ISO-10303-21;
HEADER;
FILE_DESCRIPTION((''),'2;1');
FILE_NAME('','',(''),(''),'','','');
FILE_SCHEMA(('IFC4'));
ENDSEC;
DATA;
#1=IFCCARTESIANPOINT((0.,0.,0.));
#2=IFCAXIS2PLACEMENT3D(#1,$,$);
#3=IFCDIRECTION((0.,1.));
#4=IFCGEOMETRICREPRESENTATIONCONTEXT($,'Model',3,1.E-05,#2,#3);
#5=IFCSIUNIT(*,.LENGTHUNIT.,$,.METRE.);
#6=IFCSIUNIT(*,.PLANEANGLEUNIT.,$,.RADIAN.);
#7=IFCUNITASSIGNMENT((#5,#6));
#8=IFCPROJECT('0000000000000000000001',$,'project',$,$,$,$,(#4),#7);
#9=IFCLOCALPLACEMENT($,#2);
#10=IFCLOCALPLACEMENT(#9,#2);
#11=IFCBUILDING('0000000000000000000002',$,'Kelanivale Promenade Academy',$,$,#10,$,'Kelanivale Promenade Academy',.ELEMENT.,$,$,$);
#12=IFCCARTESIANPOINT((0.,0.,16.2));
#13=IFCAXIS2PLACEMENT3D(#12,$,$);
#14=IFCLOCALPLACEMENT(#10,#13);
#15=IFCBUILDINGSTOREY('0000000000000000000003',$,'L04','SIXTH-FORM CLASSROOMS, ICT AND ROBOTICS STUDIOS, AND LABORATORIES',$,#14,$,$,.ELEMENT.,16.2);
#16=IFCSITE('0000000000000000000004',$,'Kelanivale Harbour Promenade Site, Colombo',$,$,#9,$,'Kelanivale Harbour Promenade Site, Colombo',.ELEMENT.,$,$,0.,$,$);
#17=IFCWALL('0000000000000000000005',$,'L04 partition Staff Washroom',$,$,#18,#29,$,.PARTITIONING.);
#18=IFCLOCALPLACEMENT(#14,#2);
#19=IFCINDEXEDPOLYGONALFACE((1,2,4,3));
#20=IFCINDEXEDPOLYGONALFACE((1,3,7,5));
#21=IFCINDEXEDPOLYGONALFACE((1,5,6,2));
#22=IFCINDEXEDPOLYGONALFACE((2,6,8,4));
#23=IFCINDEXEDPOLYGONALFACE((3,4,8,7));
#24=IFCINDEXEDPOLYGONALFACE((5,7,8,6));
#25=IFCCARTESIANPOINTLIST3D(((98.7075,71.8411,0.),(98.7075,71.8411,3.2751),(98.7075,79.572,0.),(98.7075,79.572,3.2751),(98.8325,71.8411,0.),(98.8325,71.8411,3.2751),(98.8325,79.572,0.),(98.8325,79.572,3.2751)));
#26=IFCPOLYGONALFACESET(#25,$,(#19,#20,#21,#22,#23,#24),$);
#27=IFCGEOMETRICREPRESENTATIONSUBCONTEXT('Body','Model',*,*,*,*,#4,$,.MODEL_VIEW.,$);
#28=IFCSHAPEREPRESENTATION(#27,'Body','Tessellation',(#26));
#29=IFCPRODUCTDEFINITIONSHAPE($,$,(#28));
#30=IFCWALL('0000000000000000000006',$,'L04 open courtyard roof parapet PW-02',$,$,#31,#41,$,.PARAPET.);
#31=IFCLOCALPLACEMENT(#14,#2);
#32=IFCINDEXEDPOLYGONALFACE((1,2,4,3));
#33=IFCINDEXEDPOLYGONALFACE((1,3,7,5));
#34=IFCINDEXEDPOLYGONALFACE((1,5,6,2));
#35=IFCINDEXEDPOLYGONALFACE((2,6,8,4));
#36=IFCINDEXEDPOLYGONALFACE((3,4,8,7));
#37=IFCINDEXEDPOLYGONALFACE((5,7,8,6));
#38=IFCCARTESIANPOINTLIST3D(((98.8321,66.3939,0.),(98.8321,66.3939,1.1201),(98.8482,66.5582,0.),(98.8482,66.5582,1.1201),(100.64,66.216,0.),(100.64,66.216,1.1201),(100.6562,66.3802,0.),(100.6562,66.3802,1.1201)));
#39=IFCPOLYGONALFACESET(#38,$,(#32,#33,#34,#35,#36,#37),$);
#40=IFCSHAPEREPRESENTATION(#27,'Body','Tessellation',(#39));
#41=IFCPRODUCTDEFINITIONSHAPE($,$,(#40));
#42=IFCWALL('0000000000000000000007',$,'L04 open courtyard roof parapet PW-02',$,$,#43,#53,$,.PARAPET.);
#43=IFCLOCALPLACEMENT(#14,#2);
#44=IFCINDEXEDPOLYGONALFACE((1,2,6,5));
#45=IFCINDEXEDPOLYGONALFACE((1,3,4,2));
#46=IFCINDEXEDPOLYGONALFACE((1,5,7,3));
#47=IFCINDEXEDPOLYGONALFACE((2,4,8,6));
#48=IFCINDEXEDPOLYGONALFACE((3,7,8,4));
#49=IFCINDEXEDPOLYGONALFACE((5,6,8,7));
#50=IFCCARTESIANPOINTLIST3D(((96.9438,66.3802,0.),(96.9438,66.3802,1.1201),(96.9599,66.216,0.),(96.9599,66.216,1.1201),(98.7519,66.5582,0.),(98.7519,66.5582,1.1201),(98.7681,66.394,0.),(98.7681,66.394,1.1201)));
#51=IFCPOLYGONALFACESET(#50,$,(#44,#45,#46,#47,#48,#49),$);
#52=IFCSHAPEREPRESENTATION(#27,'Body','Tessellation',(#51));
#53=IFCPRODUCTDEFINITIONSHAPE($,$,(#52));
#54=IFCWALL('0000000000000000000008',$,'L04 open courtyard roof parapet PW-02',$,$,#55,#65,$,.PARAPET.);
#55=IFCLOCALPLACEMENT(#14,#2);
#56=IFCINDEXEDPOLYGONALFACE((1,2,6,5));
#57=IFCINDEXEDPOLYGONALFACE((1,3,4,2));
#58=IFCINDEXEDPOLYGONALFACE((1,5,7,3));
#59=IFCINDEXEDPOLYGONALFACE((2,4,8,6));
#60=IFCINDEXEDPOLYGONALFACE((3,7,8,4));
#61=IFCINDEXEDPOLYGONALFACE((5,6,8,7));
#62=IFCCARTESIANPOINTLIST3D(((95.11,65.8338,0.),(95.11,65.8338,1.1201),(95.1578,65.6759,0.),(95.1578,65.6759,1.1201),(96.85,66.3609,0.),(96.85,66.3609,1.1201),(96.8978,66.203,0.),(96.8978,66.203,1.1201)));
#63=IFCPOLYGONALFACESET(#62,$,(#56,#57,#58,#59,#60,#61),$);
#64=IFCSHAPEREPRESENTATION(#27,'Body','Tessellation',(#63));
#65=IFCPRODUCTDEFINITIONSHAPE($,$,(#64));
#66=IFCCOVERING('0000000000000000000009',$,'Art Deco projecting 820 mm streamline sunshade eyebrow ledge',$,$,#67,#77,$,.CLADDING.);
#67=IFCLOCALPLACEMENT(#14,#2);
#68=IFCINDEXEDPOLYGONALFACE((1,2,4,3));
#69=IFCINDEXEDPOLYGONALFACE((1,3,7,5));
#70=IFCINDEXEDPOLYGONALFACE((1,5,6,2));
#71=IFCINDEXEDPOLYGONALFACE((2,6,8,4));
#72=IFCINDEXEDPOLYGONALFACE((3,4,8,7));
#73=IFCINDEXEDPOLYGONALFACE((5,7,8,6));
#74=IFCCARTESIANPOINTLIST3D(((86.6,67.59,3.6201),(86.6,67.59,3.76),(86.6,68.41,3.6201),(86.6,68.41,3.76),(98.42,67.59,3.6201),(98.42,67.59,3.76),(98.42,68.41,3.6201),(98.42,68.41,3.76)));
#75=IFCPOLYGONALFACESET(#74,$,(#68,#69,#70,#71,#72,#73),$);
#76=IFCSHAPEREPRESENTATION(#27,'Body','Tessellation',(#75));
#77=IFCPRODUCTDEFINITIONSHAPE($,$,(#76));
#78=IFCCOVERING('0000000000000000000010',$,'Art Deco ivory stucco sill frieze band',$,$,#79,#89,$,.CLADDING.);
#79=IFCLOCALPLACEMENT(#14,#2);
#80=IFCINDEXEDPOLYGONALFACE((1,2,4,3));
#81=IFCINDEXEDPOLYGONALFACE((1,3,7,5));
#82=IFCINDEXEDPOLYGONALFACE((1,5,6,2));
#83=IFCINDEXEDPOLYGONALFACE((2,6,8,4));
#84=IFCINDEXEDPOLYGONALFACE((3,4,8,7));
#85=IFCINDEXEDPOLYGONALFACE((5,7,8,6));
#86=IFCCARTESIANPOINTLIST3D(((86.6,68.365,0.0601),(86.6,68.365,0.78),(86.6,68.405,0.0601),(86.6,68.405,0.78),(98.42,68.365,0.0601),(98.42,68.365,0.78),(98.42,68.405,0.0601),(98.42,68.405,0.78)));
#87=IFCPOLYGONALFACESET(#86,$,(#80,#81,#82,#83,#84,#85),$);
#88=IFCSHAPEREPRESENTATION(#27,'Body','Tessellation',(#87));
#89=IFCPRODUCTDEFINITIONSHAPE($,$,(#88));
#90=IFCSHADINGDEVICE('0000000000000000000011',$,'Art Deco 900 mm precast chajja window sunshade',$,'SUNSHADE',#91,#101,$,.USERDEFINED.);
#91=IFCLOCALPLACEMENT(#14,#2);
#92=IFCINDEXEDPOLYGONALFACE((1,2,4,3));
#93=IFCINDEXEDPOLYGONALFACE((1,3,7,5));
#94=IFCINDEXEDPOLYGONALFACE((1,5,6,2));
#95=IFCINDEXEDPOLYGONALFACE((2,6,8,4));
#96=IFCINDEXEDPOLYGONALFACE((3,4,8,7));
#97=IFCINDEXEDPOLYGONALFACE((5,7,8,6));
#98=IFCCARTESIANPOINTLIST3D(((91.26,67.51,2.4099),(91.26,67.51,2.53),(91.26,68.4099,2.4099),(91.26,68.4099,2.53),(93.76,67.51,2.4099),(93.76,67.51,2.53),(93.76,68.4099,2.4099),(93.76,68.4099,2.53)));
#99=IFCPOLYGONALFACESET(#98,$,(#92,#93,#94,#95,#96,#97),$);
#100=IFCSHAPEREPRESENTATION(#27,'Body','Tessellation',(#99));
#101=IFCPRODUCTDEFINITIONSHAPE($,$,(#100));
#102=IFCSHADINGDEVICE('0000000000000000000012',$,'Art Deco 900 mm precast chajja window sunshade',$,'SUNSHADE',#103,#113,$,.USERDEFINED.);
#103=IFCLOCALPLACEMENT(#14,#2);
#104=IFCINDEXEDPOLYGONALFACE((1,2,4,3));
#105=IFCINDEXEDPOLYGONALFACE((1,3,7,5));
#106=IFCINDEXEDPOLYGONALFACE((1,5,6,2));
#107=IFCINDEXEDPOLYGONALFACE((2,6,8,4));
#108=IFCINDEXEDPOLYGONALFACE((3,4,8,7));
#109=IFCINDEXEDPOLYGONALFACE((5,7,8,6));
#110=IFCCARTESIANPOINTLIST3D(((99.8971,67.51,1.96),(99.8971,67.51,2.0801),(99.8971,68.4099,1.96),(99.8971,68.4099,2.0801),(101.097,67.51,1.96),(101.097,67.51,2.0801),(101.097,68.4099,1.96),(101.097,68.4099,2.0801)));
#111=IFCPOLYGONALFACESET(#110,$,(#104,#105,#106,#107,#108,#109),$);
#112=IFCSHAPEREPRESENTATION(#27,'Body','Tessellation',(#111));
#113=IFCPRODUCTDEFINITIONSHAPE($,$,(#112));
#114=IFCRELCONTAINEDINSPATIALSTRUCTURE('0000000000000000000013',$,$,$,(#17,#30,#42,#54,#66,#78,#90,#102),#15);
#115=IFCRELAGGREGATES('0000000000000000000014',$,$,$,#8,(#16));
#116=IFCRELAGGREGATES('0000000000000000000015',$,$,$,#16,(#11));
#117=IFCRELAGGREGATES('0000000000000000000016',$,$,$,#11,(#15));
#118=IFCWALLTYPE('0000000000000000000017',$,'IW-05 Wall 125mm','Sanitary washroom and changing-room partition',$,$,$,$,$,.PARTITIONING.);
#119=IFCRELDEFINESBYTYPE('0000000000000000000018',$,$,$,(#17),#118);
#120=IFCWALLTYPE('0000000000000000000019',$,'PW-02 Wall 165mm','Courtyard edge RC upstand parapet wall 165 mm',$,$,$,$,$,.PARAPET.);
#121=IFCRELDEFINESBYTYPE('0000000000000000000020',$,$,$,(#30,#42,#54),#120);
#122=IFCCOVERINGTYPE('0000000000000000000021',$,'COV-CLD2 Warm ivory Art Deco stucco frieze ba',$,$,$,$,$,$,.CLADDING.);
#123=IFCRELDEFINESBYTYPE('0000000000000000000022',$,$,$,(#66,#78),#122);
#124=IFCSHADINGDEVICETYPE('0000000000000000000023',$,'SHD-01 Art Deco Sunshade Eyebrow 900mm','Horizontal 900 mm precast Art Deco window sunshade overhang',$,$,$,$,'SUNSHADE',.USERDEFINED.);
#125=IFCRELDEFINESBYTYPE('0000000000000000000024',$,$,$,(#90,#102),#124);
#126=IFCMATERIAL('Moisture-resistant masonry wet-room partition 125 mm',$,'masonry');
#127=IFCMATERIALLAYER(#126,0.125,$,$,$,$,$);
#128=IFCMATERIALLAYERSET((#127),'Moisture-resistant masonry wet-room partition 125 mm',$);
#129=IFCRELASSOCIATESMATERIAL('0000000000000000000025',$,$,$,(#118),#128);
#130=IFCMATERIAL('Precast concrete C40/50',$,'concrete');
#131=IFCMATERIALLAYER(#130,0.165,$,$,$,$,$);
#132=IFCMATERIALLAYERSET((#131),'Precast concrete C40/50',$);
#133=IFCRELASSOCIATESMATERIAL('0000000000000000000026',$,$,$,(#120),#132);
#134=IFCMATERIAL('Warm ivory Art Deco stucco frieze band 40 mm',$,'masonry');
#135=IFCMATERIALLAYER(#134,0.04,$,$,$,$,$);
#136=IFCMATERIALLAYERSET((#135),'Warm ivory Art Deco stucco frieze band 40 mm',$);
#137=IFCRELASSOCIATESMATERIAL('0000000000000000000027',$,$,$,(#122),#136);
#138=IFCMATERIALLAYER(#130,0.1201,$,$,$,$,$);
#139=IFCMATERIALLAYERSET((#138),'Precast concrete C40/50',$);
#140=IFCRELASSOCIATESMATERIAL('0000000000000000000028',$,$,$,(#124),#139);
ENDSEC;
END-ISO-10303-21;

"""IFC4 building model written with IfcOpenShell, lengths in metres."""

from ifc_helpers import new_model, si_unit, direction, frame, frame_2d, origin, origin_2d, place, context, subcontext, project, spatial, rectangle, extrude, material, layer, layer_set, type_object, element, save


model = new_model("IFC4")

# Units and contexts
model_context = context("Model", 3, precision=1e-05, world=origin(), true_north=direction((0.0, 1.0)))
body_context = subcontext(model_context, "Body", "Model", "MODEL_VIEW")
ifc_project = project(units=[si_unit("LENGTHUNIT", "METRE"), si_unit("PLANEANGLEUNIT", "RADIAN")], contexts=[model_context])

# Site, building, storey
site_placement = place(None, origin())
site = spatial("IfcSite", under=ifc_project, at=site_placement, Name="Kelanivale Harbour Promenade Site, Colombo", LongName="Kelanivale Harbour Promenade Site, Colombo", CompositionType="ELEMENT", RefElevation=0.0)
building_placement = place(site_placement, origin())
building = spatial("IfcBuilding", under=site, at=building_placement, Name="Kelanivale Promenade Academy", LongName="Kelanivale Promenade Academy", CompositionType="ELEMENT")
storey_placement = place(building_placement, frame((0.0, 0.0, 16.2)))
storey = spatial("IfcBuildingStorey", under=building, at=storey_placement, Name="L04", Description="SIXTH-FORM CLASSROOMS, ICT AND ROBOTICS STUDIOS, AND LABORATORIES", CompositionType="ELEMENT", Elevation=16.2)

# Shared definitions
ifc_material_1 = material(Name="Moisture-resistant masonry wet-room partition 125 mm", Category="masonry")
ifc_layer_1 = layer(ifc_material_1, 0.125)
ifc_layer_set_1 = layer_set([ifc_layer_1], Name="Moisture-resistant masonry wet-room partition 125 mm")
wall_type_1 = type_object("IfcWallType", Name="IW-05 Wall 125mm", Description="Sanitary washroom and changing-room partition", PredefinedType="PARTITIONING", material=ifc_layer_set_1)

# Wall
wall_1_placement = place(storey_placement, frame((98.77, 71.8411, 0.0), z_axis=(0.0, 0.0, 1.0), x_axis=(0.0, 1.0, 0.0)))
element("IfcWall", 1, at=wall_1_placement, inside=storey, type_object=wall_type_1, Name="L04 partition Staff Washroom", PredefinedType="PARTITIONING", context=body_context, shape_type="SweptSolid", body=[
    extrude(rectangle(XDim=7.731, YDim=0.125, at=frame_2d((3.8655, 0.0))), origin(), (0.0, 0.0, 1.0), 3.2751),
])

# Walls
ifc_material_2 = material(Name="Precast concrete C40/50", Category="concrete")
ifc_layer_2 = layer(ifc_material_2, 0.165)
ifc_layer_set_2 = layer_set([ifc_layer_2], Name="Precast concrete C40/50")
wall_type_2 = type_object("IfcWallType", Name="PW-02 Wall 165mm", Description="Courtyard edge RC upstand parapet wall 165 mm", PredefinedType="PARAPET", material=ifc_layer_set_2)
wall_2_placement = place(storey_placement, frame((100.6479, 66.2981, 0.0), z_axis=(0.0, 0.0, 1.0), x_axis=(-0.995189, 0.097973, 0.0)))
element("IfcWall", 2, at=wall_2_placement, inside=storey, type_object=wall_type_2, Name="L04 open courtyard roof parapet PW-02", PredefinedType="PARAPET", context=body_context, shape_type="SweptSolid", body=[
    extrude(rectangle(XDim=1.8167, YDim=0.165, at=frame_2d((0.9082, 0.0))), origin(), (0.0, 0.0, 1.0), 1.1201),
])
wall_3_placement = place(storey_placement, frame((98.76, 66.4761, 0.0), z_axis=(0.0, 0.0, 1.0), x_axis=(-0.99519, -0.09796, 0.0)))
element("IfcWall", 3, at=wall_3_placement, inside=storey, type_object=wall_type_2, Name="L04 open courtyard roof parapet PW-02", PredefinedType="PARAPET", context=body_context, shape_type="SweptSolid", body=[
    extrude(rectangle(XDim=1.8169, YDim=0.165, at=frame_2d((0.9084, 0.0))), origin(), (0.0, 0.0, 1.0), 1.1201),
])
wall_4_placement = place(storey_placement, frame((96.874, 66.282, 0.0), z_axis=(0.0, 0.0, 1.0), x_axis=(-0.95705, -0.289922, 0.0)))
element("IfcWall", 4, at=wall_4_placement, inside=storey, type_object=wall_type_2, Name="L04 open courtyard roof parapet PW-02", PredefinedType="PARAPET", context=body_context, shape_type="SweptSolid", body=[
    extrude(rectangle(XDim=1.8181, YDim=0.165, at=frame_2d((0.9092, 0.0))), origin(), (0.0, 0.0, 1.0), 1.1201),
])

# Coverings
ifc_material_3 = material(Name="Warm ivory Art Deco stucco frieze band 40 mm", Category="masonry")
ifc_layer_3 = layer(ifc_material_3, 0.04)
ifc_layer_set_3 = layer_set([ifc_layer_3], Name="Warm ivory Art Deco stucco frieze band 40 mm")
covering_type = type_object("IfcCoveringType", Name="COV-CLD2 Warm ivory Art Deco stucco frieze ba", PredefinedType="CLADDING", material=ifc_layer_set_3)
covering_1_placement = place(storey_placement, frame((92.51, 68.0, 3.6201), z_axis=(0.0, 0.0, 1.0), x_axis=(1.0, 0.0, 0.0)))
element("IfcCovering", 5, at=covering_1_placement, inside=storey, type_object=covering_type, Name="Art Deco projecting 820 mm streamline sunshade eyebrow ledge", PredefinedType="CLADDING", context=body_context, shape_type="SweptSolid", body=[
    extrude(rectangle(XDim=11.8201, YDim=0.8201, at=origin_2d()), origin(), (0.0, 0.0, 1.0), 0.1399),
])
covering_2_placement = place(storey_placement, frame((92.51, 68.385, 0.0601), z_axis=(0.0, 0.0, 1.0), x_axis=(1.0, 0.0, 0.0)))
element("IfcCovering", 6, at=covering_2_placement, inside=storey, type_object=covering_type, Name="Art Deco ivory stucco sill frieze band", PredefinedType="CLADDING", context=body_context, shape_type="SweptSolid", body=[
    extrude(rectangle(XDim=11.8201, YDim=0.04, at=origin_2d()), origin(), (0.0, 0.0, 1.0), 0.72),
])

# Shading devices
ifc_layer_4 = layer(ifc_material_2, 0.1201)
ifc_layer_set_4 = layer_set([ifc_layer_4], Name="Precast concrete C40/50")
shading_device_type = type_object("IfcShadingDeviceType", Name="SHD-01 Art Deco Sunshade Eyebrow 900mm", Description="Horizontal 900 mm precast Art Deco window sunshade overhang", ElementType="SUNSHADE", PredefinedType="USERDEFINED", material=ifc_layer_set_4)
shading_device_1_placement = place(storey_placement, frame((92.51, 67.96, 2.4099), z_axis=(0.0, 0.0, 1.0), x_axis=(1.0, 0.0, 0.0)))
element("IfcShadingDevice", 7, at=shading_device_1_placement, inside=storey, type_object=shading_device_type, Name="Art Deco 900 mm precast chajja window sunshade", ObjectType="SUNSHADE", PredefinedType="USERDEFINED", context=body_context, shape_type="SweptSolid", body=[
    extrude(rectangle(XDim=2.5, YDim=0.8999, at=origin_2d()), origin(), (0.0, 0.0, 1.0), 0.1201),
])
shading_device_2_placement = place(storey_placement, frame((100.4971, 67.96, 1.96), z_axis=(0.0, 0.0, 1.0), x_axis=(1.0, 0.0, 0.0)))
element("IfcShadingDevice", 8, at=shading_device_2_placement, inside=storey, type_object=shading_device_type, Name="Art Deco 900 mm precast chajja window sunshade", ObjectType="SUNSHADE", PredefinedType="USERDEFINED", context=body_context, shape_type="SweptSolid", body=[
    extrude(rectangle(XDim=1.2, YDim=0.8999, at=origin_2d()), origin(), (0.0, 0.0, 1.0), 0.1201),
])

save(model, "model.ifc")
